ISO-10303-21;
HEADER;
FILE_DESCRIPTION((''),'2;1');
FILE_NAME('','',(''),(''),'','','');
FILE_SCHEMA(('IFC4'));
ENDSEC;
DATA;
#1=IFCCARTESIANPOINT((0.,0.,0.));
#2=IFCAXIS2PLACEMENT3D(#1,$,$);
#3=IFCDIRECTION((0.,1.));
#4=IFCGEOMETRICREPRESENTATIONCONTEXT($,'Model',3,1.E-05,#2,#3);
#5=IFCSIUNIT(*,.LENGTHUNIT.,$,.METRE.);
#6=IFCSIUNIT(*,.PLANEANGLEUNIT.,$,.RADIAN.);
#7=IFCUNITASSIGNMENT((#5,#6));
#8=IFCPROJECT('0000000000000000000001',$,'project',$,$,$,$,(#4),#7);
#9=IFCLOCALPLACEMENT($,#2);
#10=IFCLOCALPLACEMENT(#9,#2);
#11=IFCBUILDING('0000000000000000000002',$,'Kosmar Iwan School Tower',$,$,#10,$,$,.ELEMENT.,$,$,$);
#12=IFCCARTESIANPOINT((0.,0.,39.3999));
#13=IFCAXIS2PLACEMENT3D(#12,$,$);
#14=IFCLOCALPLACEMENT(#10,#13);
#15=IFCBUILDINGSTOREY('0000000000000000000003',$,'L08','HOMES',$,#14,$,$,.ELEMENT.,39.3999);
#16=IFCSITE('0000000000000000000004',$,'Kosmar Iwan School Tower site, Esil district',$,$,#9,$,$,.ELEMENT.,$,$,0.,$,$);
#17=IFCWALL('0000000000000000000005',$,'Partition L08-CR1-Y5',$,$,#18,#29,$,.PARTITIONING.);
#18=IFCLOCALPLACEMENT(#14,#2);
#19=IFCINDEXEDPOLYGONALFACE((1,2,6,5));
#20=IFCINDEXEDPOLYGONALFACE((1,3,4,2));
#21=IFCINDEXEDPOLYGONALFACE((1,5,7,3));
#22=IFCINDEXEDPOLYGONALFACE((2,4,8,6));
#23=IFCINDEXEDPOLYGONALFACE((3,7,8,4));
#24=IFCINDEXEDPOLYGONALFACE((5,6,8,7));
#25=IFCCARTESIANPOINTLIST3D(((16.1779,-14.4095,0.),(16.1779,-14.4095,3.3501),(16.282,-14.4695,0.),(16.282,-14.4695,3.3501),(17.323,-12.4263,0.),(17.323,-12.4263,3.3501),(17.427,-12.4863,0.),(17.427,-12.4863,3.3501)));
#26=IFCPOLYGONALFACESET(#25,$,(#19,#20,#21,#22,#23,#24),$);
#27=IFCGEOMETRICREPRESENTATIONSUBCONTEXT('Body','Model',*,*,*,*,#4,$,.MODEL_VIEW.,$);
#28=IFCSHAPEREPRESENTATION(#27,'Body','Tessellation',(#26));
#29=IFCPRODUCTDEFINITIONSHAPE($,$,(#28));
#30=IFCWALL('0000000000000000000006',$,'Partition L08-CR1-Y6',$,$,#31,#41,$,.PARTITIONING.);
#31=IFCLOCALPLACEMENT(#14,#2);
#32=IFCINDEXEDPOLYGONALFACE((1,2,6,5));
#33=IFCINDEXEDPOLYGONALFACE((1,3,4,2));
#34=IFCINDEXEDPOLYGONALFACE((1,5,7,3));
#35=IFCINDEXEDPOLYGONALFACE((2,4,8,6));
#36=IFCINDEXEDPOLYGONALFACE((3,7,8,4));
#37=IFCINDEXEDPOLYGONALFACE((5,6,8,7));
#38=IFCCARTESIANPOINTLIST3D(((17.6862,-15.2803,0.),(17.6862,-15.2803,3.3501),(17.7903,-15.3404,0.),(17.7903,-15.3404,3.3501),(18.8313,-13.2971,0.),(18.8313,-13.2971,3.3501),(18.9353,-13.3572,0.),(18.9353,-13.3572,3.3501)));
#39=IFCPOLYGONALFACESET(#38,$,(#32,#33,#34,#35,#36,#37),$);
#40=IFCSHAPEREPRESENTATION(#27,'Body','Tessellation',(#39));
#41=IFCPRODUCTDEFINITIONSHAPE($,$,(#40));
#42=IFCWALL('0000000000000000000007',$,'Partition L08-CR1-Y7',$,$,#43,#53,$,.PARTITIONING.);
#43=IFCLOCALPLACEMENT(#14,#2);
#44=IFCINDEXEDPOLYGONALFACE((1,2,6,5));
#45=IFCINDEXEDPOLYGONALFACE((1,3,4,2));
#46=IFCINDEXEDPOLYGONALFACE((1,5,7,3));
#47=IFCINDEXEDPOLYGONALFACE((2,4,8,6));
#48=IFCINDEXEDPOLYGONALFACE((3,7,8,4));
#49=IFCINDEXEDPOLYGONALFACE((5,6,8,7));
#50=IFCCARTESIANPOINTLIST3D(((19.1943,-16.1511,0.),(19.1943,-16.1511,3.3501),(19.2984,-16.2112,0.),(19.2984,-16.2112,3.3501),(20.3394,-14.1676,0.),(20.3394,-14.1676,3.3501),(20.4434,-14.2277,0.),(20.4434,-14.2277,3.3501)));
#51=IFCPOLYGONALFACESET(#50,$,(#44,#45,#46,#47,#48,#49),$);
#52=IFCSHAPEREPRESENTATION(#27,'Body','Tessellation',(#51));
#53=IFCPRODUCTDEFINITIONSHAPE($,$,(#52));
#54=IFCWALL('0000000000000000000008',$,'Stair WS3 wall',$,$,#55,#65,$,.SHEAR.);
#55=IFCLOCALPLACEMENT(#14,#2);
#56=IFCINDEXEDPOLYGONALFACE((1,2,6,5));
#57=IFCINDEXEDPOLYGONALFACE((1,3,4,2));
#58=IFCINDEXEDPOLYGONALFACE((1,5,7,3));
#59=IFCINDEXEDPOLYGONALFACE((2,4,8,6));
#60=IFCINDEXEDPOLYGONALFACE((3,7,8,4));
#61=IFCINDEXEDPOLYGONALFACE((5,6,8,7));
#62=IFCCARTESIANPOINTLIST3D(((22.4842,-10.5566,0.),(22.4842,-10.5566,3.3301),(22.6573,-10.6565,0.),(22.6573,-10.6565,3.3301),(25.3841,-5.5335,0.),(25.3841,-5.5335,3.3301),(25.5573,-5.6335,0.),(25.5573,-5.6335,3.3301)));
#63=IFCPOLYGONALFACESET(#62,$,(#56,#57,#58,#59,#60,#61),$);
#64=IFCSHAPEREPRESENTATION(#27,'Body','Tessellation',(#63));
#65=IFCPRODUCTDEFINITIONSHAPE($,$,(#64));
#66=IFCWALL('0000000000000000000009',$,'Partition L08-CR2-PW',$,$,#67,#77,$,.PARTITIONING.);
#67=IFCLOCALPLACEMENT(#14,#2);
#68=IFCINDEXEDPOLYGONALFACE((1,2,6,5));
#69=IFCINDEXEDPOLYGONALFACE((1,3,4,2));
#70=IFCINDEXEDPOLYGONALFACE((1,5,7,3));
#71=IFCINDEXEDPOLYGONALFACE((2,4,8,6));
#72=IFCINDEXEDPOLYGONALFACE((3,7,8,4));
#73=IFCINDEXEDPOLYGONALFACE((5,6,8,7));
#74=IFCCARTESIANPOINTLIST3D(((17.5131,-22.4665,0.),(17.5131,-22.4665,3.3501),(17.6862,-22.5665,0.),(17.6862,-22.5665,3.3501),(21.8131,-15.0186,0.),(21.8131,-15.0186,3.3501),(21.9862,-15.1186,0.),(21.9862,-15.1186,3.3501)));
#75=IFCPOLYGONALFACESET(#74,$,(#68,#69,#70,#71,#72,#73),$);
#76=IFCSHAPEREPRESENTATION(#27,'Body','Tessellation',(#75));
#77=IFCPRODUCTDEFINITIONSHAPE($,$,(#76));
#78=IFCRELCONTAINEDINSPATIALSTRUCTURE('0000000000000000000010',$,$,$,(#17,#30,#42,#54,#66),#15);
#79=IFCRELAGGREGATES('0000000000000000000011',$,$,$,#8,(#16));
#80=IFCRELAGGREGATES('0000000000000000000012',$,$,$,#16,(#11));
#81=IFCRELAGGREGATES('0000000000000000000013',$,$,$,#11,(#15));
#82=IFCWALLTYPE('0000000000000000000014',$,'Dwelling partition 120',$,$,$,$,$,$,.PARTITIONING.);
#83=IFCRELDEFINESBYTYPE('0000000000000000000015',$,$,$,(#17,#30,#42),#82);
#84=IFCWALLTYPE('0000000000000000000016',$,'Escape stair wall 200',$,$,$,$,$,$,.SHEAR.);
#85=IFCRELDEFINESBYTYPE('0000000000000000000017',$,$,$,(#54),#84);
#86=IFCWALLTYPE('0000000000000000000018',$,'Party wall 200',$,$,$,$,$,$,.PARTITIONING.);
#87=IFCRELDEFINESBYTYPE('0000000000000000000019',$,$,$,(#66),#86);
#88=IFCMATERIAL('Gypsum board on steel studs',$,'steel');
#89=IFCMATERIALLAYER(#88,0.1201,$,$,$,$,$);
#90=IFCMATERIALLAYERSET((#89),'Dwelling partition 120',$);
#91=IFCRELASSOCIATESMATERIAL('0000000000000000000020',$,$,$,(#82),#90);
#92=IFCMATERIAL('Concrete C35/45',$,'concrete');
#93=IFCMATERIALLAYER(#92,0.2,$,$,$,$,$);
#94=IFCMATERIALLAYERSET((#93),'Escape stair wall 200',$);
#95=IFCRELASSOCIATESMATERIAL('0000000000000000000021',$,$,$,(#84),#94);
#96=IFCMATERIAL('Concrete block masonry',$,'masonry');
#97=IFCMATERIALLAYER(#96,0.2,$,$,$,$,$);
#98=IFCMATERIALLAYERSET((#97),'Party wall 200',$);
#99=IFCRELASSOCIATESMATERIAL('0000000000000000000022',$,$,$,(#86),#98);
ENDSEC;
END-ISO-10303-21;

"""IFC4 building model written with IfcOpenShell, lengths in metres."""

from ifc_helpers import new_model, si_unit, direction, frame, frame_2d, origin, place, context, subcontext, project, spatial, rectangle, extrude, material, layer, layer_set, type_object, element, save


model = new_model("IFC4")

# Units and contexts
model_context = context("Model", 3, precision=1e-05, world=origin(), true_north=direction((0.0, 1.0)))
body_context = subcontext(model_context, "Body", "Model", "MODEL_VIEW")
ifc_project = project(units=[si_unit("LENGTHUNIT", "METRE"), si_unit("PLANEANGLEUNIT", "RADIAN")], contexts=[model_context])

# Site, building, storey
site_placement = place(None, origin())
site = spatial("IfcSite", under=ifc_project, at=site_placement, Name="Kosmar Iwan School Tower site, Esil district", CompositionType="ELEMENT", RefElevation=0.0)
building_placement = place(site_placement, origin())
building = spatial("IfcBuilding", under=site, at=building_placement, Name="Kosmar Iwan School Tower", CompositionType="ELEMENT")
storey_placement = place(building_placement, frame((0.0, 0.0, 39.3999)))
storey = spatial("IfcBuildingStorey", under=building, at=storey_placement, Name="L08", Description="HOMES", CompositionType="ELEMENT", Elevation=39.3999)

# Walls
ifc_material_1 = material(Name="Gypsum board on steel studs", Category="steel")
ifc_layer_1 = layer(ifc_material_1, 0.1201)
ifc_layer_set_1 = layer_set([ifc_layer_1], Name="Dwelling partition 120")
wall_type_1 = type_object("IfcWallType", Name="Dwelling partition 120", PredefinedType="PARTITIONING", material=ifc_layer_set_1)
for number, where, z_axis, x_axis, name in (
    (1, (17.375, -12.4563, 0.0), (0.0, 0.0, 1.0), (-0.500015, -0.866017, 0.0), "Partition L08-CR1-Y5"),
    (2, (18.8833, -13.3271, 0.0), (0.0, 0.0, 1.0), (-0.500015, -0.866017, 0.0), "Partition L08-CR1-Y6"),
):
    element("IfcWall", number, at=place(storey_placement, frame(where, z_axis=z_axis, x_axis=x_axis)), inside=storey, type_object=wall_type_1, Name=name, PredefinedType="PARTITIONING", context=body_context, shape_type="SweptSolid", body=[
        extrude(rectangle(XDim=2.29, YDim=0.1201, at=frame_2d((1.145, 0.0))), origin(), (0.0, 0.0, 1.0), 3.3501),
    ])
wall_1_placement = place(storey_placement, frame((20.3914, -14.1978, 0.0), z_axis=(0.0, 0.0, 1.0), x_axis=(-0.499969, -0.866044, 0.0)))
element("IfcWall", 3, at=wall_1_placement, inside=storey, type_object=wall_type_1, Name="Partition L08-CR1-Y7", PredefinedType="PARTITIONING", context=body_context, shape_type="SweptSolid", body=[
    extrude(rectangle(XDim=2.2903, YDim=0.1201, at=frame_2d((1.145, 0.0))), origin(), (0.0, 0.0, 1.0), 3.3501),
])
ifc_material_2 = material(Name="Concrete C35/45", Category="concrete")
ifc_layer_2 = layer(ifc_material_2, 0.2)
ifc_layer_set_2 = layer_set([ifc_layer_2], Name="Escape stair wall 200")
wall_type_2 = type_object("IfcWallType", Name="Escape stair wall 200", PredefinedType="SHEAR", material=ifc_layer_set_2)
wall_2_placement = place(storey_placement, frame((22.5708, -10.6064, 0.0), z_axis=(0.0, 0.0, 1.0), x_axis=(0.499987, 0.866033, 0.0)))
element("IfcWall", 4, at=wall_2_placement, inside=storey, type_object=wall_type_2, Name="Stair WS3 wall", PredefinedType="SHEAR", context=body_context, shape_type="SweptSolid", body=[
    extrude(rectangle(XDim=5.8, YDim=0.2, at=frame_2d((2.8999, 0.0))), origin(), (0.0, 0.0, 1.0), 3.3301),
])
ifc_material_3 = material(Name="Concrete block masonry", Category="masonry")
ifc_layer_3 = layer(ifc_material_3, 0.2)
ifc_layer_set_3 = layer_set([ifc_layer_3], Name="Party wall 200")
wall_type_3 = type_object("IfcWallType", Name="Party wall 200", PredefinedType="PARTITIONING", material=ifc_layer_set_3)
wall_3_placement = place(storey_placement, frame((21.8997, -15.0686, 0.0), z_axis=(0.0, 0.0, 1.0), x_axis=(-0.499995, -0.866028, 0.0)))
element("IfcWall", 5, at=wall_3_placement, inside=storey, type_object=wall_type_3, Name="Partition L08-CR2-PW", PredefinedType="PARTITIONING", context=body_context, shape_type="SweptSolid", body=[
    extrude(rectangle(XDim=8.6001, YDim=0.2, at=frame_2d((4.3, 0.0))), origin(), (0.0, 0.0, 1.0), 3.3501),
])

save(model, "model.ifc")
